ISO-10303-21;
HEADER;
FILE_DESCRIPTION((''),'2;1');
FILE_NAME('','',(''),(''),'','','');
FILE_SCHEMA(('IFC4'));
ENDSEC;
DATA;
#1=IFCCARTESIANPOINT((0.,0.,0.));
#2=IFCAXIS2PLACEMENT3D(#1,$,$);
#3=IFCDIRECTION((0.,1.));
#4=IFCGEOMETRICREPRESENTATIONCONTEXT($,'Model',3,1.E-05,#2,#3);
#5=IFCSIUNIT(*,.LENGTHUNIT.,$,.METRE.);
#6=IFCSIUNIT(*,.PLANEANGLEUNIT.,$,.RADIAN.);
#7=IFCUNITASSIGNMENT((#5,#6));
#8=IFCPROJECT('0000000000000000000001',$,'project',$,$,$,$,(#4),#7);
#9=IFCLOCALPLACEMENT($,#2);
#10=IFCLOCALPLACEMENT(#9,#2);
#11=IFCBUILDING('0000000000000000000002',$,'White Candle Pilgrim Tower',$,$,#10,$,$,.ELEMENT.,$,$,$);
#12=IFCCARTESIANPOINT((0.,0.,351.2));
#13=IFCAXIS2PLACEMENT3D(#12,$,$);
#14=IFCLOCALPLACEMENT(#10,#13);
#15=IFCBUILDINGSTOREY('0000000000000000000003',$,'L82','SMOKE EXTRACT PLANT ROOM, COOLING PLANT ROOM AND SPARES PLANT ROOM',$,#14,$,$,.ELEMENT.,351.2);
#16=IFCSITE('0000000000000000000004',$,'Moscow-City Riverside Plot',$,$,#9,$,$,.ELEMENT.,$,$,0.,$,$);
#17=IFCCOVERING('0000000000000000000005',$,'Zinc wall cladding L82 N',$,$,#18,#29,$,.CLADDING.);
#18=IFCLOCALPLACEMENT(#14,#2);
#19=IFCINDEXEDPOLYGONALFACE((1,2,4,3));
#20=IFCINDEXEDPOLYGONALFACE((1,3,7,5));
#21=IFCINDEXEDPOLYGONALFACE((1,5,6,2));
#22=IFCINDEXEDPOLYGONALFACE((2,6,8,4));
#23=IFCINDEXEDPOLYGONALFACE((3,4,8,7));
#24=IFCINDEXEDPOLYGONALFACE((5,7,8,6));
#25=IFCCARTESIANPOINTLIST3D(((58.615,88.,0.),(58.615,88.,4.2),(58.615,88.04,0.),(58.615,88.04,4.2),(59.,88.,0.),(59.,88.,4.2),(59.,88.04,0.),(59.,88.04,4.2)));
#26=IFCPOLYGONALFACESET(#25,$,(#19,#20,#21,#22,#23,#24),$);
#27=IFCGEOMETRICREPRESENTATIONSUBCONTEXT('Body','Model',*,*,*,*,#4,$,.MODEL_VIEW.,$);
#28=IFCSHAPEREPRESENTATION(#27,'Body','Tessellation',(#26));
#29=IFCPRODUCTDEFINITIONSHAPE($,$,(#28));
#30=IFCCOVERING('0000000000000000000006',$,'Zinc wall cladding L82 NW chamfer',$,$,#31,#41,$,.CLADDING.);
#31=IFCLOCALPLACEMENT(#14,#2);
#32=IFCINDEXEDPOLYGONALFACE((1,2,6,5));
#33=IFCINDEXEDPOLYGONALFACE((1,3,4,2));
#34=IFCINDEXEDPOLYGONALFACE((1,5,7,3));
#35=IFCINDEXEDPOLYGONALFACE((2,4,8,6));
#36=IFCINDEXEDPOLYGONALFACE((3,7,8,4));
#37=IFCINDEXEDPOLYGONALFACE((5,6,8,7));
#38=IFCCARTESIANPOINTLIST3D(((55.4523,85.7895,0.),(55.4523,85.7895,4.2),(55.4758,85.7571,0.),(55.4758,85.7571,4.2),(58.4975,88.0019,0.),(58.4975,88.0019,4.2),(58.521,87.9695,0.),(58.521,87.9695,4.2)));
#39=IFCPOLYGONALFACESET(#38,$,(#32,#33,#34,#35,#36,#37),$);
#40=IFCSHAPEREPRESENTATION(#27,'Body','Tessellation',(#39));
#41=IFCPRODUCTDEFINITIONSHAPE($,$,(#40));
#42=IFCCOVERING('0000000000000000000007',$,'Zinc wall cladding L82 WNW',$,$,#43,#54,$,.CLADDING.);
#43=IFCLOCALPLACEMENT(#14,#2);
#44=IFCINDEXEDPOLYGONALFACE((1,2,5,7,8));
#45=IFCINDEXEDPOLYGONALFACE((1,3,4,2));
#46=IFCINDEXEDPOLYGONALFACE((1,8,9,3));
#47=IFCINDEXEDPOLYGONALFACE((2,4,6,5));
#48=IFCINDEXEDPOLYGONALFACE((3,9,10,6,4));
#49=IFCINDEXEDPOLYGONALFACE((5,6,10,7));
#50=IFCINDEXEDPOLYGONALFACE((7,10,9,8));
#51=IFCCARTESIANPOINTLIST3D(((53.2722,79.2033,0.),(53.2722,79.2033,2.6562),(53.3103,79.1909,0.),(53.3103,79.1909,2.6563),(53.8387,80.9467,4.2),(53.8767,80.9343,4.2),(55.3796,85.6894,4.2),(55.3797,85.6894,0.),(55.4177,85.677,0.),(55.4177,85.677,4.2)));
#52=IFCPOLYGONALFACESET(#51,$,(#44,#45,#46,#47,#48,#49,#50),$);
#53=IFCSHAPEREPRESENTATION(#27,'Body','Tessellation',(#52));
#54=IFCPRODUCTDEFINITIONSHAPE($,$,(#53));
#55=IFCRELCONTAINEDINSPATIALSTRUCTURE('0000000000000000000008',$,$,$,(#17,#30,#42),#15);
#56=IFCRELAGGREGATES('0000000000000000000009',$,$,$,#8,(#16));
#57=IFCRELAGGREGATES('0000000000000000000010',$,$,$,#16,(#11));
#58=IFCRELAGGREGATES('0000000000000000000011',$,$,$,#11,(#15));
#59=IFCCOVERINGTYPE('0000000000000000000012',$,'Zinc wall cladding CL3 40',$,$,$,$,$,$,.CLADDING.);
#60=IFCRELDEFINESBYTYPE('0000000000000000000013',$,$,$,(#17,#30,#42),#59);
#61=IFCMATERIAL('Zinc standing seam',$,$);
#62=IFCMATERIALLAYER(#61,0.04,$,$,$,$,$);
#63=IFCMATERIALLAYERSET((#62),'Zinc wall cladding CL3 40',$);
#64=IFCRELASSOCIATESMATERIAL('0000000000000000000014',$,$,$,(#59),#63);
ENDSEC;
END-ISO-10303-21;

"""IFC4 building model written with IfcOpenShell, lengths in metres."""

from ifc_helpers import new_model, si_unit, direction, frame, origin, place, context, subcontext, project, spatial, polyline, outline, extrude, material, layer, layer_set, type_object, element, save


model = new_model("IFC4")

# Units and contexts
model_context = context("Model", 3, precision=1e-05, world=origin(), true_north=direction((0.0, 1.0)))
body_context = subcontext(model_context, "Body", "Model", "MODEL_VIEW")
ifc_project = project(units=[si_unit("LENGTHUNIT", "METRE"), si_unit("PLANEANGLEUNIT", "RADIAN")], contexts=[model_context])

# Site, building, storey
site_placement = place(None, origin())
site = spatial("IfcSite", under=ifc_project, at=site_placement, Name="Moscow-City Riverside Plot", CompositionType="ELEMENT", RefElevation=0.0)
building_placement = place(site_placement, origin())
building = spatial("IfcBuilding", under=site, at=building_placement, Name="White Candle Pilgrim Tower", CompositionType="ELEMENT")
storey_placement = place(building_placement, frame((0.0, 0.0, 351.2)))
storey = spatial("IfcBuildingStorey", under=building, at=storey_placement, Name="L82", Description="SMOKE EXTRACT PLANT ROOM, COOLING PLANT ROOM AND SPARES PLANT ROOM", CompositionType="ELEMENT", Elevation=351.2)

# Shared definitions
ifc_material_1 = material(Name="Zinc standing seam")

# Coverings
ifc_layer_1 = layer(ifc_material_1, 0.04)
ifc_layer_set_1 = layer_set([ifc_layer_1], Name="Zinc wall cladding CL3 40")
covering_type_1 = type_object("IfcCoveringType", Name="Zinc wall cladding CL3 40", PredefinedType="CLADDING", material=ifc_layer_set_1)
covering_1_placement = place(storey_placement, frame((59.0, 88.0, 4.2), z_axis=(0.0, -1.0, 0.0), x_axis=(-1.0, 0.0, 0.0)))
element("IfcCovering", 1, at=covering_1_placement, inside=storey, type_object=covering_type_1, Name="Zinc wall cladding L82 N", PredefinedType="CLADDING", context=body_context, shape_type="SweptSolid", body=[
    extrude(outline(polyline([(0.0, 0.0), (0.385, 0.0), (0.385, 4.2), (0.0, 4.2), (0.0, 0.0)])), origin(), (0.0, 0.0, -1.0), 0.04),
])
covering_2_placement = place(storey_placement, frame((58.521, 87.9695, 4.2), z_axis=(0.587778, -0.809022, 0.0), x_axis=(-0.809022, -0.587778, 0.0)))
element("IfcCovering", 2, at=covering_2_placement, inside=storey, type_object=covering_type_1, Name="Zinc wall cladding L82 NW chamfer", PredefinedType="CLADDING", context=body_context, shape_type="SweptSolid", body=[
    extrude(outline(polyline([(0.0, 0.0), (3.764, 0.0), (3.764, 4.2), (0.0, 4.2), (0.0, 0.0)])), origin(), (0.0, 0.0, -1.0), 0.04),
])
covering_3_placement = place(storey_placement, frame((55.4177, 85.677, 4.2), z_axis=(0.951058, -0.309014, 0.000006), x_axis=(-0.309014, -0.951058, 0.0)))
element("IfcCovering", 3, at=covering_3_placement, inside=storey, type_object=covering_type_1, Name="Zinc wall cladding L82 WNW", PredefinedType="CLADDING", context=body_context, shape_type="SweptSolid", body=[
    extrude(outline(polyline([(0.0, 0.0), (4.9868, 0.0), (6.8199, 1.5437), (6.8199, 4.2), (0.0, 4.2), (0.0, 0.0)])), origin(), (0.0, 0.0, -1.0), 0.04),
])

save(model, "model.ifc")
